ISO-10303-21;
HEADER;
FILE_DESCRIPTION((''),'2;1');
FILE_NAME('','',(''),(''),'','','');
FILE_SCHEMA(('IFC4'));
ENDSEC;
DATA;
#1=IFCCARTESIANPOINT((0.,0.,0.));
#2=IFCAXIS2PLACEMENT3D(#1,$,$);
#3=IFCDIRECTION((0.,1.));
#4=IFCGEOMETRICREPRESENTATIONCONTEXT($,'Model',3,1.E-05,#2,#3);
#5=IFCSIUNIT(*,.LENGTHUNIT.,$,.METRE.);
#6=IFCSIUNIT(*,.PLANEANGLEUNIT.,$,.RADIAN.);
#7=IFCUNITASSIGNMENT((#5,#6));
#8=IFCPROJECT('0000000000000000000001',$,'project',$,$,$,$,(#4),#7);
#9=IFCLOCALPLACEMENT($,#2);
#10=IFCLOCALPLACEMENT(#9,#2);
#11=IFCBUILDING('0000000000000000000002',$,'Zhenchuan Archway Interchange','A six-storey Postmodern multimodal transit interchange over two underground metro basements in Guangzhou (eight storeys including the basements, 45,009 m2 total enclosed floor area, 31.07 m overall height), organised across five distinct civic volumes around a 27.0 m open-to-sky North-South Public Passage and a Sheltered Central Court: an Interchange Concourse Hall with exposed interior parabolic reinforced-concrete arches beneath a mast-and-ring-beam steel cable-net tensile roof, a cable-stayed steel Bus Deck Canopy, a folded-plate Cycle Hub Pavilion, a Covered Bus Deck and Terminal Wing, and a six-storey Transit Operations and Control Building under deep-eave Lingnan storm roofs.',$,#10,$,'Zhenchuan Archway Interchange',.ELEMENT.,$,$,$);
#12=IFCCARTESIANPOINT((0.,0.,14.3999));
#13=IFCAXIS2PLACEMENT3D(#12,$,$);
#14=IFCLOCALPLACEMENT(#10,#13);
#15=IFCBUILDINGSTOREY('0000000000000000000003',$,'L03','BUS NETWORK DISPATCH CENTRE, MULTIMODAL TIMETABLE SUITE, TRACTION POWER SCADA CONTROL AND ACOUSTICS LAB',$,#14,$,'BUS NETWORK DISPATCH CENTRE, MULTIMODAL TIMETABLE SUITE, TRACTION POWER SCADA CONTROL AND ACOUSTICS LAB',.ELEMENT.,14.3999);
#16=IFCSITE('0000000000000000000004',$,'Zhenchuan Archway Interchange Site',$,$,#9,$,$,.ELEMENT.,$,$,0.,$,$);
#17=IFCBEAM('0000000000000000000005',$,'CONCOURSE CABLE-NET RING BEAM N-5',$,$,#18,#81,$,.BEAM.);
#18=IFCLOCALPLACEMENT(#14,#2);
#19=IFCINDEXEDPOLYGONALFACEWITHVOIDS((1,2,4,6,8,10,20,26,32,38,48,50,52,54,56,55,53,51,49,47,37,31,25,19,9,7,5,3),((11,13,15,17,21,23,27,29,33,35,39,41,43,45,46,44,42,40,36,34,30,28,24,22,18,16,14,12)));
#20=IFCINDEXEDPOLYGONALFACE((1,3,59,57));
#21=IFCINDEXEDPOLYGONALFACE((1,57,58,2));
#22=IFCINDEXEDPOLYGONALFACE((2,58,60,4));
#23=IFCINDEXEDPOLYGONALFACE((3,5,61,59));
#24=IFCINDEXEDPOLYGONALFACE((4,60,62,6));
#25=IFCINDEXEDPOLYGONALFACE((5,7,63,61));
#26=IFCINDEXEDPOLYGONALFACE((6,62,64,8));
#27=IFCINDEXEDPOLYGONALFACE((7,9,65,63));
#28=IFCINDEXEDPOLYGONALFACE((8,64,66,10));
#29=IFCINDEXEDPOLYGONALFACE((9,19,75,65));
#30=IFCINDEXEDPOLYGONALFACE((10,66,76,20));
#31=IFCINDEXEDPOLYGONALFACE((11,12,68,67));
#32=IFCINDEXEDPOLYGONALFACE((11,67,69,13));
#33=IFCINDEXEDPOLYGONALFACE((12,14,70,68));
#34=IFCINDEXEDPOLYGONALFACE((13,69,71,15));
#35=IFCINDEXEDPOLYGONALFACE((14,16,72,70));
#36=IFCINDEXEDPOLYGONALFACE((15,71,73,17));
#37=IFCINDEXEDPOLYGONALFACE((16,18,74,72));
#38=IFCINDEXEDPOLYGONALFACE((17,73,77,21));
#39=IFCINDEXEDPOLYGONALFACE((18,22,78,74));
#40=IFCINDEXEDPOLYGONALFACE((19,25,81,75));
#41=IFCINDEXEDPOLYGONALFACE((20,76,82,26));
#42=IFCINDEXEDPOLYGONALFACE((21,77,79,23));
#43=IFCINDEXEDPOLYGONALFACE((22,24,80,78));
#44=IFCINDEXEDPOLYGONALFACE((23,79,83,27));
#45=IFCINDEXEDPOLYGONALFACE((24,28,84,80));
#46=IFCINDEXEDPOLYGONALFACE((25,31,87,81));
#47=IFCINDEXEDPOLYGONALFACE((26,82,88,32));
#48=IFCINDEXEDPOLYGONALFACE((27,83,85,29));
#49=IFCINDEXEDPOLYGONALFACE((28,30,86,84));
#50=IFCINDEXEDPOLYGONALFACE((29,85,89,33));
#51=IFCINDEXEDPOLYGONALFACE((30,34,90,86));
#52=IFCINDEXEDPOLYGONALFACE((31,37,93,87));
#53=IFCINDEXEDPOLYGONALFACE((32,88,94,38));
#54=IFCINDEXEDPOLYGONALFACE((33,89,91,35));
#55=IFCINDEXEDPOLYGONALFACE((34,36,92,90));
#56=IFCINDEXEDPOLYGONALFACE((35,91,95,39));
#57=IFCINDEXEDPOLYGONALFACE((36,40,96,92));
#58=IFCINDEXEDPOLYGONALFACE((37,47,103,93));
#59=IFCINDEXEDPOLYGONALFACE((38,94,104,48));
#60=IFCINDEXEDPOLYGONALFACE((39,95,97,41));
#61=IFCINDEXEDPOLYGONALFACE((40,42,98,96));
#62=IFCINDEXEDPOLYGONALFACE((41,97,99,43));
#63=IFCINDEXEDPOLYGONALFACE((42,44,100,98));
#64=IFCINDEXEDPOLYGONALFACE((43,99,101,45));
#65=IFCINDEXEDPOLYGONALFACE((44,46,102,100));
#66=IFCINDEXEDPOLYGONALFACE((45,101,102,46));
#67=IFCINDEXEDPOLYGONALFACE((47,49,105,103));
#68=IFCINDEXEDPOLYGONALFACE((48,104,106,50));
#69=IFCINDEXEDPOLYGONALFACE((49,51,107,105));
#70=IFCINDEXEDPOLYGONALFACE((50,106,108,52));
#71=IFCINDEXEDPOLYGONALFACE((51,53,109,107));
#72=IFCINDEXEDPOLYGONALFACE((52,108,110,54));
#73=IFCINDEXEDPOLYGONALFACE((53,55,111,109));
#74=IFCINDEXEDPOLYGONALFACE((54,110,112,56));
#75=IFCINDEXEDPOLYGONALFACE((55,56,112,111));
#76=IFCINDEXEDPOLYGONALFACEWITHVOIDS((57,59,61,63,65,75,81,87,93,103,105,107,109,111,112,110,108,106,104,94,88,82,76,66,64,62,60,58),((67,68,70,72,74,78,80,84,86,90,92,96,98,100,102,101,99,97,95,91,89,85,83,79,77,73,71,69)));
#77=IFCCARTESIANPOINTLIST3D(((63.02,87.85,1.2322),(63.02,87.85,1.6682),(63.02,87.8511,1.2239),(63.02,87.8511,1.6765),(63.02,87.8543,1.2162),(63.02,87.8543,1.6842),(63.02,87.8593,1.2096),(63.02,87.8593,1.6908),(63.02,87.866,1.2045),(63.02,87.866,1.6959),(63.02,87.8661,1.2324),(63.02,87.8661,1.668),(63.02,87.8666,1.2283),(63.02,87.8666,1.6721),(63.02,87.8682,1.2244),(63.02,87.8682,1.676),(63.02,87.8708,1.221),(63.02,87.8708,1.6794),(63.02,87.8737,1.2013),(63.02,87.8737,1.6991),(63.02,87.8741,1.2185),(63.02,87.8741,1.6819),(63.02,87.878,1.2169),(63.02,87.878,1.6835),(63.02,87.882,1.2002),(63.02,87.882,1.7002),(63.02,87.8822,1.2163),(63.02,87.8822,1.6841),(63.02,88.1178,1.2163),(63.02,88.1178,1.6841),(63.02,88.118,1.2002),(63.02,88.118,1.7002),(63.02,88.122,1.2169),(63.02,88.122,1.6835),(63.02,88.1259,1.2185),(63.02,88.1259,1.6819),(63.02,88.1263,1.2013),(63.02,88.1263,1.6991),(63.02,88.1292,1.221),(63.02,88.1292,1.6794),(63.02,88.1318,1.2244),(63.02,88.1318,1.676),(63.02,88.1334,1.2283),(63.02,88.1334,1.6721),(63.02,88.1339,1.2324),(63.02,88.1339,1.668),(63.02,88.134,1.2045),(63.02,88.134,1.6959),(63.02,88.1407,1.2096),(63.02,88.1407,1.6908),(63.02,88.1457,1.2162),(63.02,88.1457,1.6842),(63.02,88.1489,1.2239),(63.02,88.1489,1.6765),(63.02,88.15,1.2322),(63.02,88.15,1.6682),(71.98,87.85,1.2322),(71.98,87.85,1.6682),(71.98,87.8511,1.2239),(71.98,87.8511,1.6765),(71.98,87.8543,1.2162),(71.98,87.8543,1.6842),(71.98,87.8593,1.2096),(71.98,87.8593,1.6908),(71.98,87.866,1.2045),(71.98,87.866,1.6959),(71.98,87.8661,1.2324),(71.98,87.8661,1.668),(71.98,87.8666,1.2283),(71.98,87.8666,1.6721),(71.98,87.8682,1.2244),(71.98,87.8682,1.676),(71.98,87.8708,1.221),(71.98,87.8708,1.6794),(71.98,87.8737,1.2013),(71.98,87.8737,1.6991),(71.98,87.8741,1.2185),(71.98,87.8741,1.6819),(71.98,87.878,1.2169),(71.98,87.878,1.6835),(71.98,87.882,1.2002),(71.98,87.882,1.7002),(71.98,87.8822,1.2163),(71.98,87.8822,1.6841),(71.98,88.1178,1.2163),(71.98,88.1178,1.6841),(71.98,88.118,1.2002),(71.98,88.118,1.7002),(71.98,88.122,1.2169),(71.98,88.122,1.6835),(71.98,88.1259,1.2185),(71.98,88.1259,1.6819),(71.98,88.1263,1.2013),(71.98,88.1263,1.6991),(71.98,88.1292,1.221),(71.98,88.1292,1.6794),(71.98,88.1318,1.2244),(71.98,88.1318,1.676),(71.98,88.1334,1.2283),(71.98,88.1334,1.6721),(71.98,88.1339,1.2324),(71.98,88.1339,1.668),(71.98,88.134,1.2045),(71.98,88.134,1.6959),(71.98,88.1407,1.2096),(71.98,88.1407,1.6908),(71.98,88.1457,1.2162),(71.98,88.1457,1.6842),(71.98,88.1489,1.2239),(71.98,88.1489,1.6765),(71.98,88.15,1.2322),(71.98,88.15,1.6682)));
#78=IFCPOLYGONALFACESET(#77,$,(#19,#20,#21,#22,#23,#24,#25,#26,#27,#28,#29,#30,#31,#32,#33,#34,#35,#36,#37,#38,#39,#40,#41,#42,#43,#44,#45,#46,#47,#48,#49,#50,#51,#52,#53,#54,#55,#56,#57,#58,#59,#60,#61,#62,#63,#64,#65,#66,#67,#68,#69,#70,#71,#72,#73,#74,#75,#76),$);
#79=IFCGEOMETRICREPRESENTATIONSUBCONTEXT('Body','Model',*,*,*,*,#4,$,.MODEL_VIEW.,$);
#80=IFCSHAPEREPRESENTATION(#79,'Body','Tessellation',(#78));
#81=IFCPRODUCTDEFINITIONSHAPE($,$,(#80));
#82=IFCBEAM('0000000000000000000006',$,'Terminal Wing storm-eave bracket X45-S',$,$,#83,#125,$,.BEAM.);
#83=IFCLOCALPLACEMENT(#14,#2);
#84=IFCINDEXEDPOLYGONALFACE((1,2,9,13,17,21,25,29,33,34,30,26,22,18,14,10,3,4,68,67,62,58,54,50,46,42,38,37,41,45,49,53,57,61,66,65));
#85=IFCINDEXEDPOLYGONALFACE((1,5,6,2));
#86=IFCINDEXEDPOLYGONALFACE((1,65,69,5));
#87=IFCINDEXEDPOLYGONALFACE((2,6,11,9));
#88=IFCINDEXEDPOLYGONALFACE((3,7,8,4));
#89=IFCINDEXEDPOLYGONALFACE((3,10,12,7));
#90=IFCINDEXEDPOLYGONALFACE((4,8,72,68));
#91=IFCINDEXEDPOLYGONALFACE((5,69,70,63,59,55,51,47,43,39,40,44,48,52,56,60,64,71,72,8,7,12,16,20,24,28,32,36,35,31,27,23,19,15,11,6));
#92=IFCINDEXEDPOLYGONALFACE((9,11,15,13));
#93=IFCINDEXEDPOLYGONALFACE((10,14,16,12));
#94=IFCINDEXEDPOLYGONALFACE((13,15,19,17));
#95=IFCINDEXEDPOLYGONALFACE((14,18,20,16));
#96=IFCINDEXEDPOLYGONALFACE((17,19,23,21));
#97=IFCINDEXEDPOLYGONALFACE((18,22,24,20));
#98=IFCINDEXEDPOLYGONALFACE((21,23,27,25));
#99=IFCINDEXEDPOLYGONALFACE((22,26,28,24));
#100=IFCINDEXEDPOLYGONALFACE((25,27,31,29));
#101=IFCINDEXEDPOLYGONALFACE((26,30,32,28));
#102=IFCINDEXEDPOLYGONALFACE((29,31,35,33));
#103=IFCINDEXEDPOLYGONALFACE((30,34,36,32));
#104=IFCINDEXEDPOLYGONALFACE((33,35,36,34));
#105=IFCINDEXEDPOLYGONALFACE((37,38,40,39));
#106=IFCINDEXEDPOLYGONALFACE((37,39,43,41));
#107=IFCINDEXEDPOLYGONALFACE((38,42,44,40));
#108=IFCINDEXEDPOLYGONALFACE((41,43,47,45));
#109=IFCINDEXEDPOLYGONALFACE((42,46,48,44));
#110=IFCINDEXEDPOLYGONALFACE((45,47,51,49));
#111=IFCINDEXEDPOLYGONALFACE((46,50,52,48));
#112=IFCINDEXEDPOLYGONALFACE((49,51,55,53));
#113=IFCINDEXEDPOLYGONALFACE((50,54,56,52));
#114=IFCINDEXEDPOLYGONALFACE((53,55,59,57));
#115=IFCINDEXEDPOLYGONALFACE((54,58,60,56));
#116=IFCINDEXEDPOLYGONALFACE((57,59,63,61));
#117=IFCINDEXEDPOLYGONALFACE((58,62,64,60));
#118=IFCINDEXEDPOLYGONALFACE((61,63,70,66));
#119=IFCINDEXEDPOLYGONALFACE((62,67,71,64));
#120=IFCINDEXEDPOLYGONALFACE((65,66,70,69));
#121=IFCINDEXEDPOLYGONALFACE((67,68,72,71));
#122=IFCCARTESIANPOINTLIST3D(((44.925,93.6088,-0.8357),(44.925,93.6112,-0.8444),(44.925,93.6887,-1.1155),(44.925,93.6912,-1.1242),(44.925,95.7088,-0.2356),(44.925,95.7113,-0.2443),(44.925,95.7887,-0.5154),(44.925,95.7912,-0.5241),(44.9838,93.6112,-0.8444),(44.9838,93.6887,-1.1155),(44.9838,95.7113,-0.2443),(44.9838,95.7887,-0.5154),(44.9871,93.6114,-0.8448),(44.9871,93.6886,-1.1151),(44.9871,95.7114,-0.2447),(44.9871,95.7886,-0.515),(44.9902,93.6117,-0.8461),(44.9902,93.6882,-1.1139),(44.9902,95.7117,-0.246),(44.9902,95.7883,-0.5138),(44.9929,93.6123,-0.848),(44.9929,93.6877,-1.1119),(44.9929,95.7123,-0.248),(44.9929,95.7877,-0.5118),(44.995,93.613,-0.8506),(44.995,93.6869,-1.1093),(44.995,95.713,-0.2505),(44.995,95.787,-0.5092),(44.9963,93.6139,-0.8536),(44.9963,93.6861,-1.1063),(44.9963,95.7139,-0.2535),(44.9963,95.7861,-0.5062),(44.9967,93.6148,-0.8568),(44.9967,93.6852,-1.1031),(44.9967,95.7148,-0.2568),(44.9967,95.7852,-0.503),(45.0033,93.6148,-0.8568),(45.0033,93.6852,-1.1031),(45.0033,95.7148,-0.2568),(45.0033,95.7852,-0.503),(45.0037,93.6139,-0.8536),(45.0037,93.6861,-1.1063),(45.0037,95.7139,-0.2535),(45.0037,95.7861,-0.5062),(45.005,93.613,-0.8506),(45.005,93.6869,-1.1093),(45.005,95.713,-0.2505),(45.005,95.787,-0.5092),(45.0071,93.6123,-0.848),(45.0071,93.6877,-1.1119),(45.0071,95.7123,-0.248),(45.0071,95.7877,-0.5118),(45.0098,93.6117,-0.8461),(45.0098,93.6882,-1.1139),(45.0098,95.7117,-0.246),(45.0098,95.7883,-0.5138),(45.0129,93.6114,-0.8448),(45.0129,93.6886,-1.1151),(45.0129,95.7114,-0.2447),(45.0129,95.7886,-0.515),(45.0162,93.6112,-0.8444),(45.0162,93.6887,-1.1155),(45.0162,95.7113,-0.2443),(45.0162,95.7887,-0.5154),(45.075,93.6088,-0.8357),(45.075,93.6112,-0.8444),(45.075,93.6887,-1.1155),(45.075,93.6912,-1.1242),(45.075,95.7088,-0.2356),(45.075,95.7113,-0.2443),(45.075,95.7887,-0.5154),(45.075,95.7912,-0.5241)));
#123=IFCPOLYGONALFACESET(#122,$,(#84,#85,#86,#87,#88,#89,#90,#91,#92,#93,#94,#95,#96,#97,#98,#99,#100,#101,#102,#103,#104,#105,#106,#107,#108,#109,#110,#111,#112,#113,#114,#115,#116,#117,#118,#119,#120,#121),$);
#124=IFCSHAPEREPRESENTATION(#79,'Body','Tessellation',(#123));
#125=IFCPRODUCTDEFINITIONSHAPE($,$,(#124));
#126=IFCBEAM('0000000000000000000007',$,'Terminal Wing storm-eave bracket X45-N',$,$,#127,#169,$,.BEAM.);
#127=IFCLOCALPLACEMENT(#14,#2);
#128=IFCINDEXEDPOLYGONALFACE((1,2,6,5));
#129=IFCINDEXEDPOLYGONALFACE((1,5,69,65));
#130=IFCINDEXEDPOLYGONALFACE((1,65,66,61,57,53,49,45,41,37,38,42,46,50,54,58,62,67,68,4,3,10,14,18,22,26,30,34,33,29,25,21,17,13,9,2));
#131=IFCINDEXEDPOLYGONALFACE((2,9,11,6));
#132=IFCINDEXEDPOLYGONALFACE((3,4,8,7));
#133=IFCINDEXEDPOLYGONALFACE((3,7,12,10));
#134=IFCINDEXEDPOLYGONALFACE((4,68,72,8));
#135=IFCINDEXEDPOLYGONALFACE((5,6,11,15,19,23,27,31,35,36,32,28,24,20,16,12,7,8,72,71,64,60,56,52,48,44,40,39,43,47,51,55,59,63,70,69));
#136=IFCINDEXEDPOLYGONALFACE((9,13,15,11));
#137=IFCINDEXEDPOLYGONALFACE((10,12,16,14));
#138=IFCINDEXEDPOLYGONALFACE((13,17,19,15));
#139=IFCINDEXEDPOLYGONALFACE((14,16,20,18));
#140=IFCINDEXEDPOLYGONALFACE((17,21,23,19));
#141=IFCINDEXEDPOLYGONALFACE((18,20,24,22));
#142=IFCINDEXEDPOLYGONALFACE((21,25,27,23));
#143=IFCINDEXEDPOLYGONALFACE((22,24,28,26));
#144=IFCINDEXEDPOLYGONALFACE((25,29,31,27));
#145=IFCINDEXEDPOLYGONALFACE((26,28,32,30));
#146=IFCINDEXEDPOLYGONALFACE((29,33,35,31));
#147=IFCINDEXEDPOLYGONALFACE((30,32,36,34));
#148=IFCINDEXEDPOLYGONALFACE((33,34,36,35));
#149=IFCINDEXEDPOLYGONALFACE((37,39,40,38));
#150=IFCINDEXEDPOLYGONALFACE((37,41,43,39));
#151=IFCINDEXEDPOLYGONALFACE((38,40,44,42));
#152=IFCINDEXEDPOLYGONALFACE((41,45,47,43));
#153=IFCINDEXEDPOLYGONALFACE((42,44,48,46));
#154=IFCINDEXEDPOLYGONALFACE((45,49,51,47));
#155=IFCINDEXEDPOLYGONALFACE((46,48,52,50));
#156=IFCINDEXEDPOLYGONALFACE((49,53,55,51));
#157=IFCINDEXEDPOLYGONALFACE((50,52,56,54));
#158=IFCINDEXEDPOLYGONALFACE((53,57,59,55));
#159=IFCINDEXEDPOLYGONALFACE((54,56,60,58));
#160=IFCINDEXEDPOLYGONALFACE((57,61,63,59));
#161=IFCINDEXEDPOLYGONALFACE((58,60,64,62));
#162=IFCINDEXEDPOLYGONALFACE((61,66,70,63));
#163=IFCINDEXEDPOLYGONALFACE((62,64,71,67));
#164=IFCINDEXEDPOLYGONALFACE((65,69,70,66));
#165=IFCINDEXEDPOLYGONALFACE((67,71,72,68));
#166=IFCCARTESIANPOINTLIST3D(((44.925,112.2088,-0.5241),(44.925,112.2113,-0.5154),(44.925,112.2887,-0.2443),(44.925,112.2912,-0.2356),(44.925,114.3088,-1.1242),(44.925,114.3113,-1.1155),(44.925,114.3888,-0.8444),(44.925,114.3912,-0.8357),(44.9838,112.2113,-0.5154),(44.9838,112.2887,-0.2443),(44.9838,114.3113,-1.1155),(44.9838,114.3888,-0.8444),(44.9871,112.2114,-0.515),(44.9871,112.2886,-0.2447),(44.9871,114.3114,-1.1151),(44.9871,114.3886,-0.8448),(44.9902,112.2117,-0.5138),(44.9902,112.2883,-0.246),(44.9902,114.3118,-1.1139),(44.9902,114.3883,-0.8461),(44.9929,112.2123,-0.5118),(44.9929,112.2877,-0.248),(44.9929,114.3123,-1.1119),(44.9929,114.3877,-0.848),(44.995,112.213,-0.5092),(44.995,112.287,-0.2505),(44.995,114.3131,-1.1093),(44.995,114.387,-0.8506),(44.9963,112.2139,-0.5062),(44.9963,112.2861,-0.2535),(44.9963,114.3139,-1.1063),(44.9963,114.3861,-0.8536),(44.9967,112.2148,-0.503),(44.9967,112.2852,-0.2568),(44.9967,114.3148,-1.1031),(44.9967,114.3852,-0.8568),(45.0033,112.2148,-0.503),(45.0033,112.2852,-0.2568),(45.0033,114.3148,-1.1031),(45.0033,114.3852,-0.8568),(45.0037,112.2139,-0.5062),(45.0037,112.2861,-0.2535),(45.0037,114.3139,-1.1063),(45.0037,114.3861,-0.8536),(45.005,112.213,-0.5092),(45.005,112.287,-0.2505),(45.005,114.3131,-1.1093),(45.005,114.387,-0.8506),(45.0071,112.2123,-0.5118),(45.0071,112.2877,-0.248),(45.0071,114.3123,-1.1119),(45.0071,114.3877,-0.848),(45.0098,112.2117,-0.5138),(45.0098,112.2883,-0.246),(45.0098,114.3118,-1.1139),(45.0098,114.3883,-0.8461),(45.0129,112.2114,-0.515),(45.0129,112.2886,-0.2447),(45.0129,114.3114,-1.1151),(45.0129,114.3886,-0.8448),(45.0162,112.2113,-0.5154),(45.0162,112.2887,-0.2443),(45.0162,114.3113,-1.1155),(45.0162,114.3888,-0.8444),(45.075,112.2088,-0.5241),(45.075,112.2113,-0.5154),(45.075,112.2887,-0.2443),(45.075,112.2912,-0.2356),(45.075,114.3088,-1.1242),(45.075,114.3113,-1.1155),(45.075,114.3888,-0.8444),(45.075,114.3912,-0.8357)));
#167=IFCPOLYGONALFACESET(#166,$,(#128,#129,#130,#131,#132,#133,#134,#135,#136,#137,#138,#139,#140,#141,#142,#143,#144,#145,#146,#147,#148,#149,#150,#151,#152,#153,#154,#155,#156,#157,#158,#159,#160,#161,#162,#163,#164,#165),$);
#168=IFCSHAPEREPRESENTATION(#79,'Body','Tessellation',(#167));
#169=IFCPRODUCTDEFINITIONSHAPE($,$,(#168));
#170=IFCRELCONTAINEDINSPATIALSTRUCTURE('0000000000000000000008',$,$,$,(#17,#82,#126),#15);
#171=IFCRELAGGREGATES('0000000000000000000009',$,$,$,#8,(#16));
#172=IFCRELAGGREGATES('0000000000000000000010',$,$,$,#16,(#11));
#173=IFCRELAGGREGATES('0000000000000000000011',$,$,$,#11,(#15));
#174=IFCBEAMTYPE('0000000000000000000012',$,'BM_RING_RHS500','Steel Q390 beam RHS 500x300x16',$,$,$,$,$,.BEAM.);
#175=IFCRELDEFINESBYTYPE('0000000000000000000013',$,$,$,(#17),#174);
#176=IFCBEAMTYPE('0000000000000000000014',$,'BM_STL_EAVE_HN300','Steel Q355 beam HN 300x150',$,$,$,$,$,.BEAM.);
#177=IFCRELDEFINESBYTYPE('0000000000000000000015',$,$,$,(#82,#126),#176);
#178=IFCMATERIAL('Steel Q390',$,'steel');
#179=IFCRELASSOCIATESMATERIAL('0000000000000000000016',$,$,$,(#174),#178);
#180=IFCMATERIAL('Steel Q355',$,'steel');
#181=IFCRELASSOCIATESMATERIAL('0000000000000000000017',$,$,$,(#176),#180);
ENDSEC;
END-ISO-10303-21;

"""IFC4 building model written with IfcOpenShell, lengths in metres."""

from ifc_helpers import new_model, si_unit, direction, frame, origin, origin_2d, place, context, subcontext, project, spatial, hollow_rectangle, i_section, extrude, material, material_profile, profile_set, type_object, element, save


model = new_model("IFC4")

# Units and contexts
model_context = context("Model", 3, precision=1e-05, world=origin(), true_north=direction((0.0, 1.0)))
body_context = subcontext(model_context, "Body", "Model", "MODEL_VIEW")
ifc_project = project(units=[si_unit("LENGTHUNIT", "METRE"), si_unit("PLANEANGLEUNIT", "RADIAN")], contexts=[model_context])

# Site, building, storey
site_placement = place(None, origin())
site = spatial("IfcSite", under=ifc_project, at=site_placement, Name="Zhenchuan Archway Interchange Site", CompositionType="ELEMENT", RefElevation=0.0)
building_placement = place(site_placement, origin())
building = spatial("IfcBuilding", under=site, at=building_placement, Name="Zhenchuan Archway Interchange", Description="A six-storey Postmodern multimodal transit interchange over two underground metro basements in Guangzhou (eight storeys including the basements, 45,009 m2 total enclosed floor area, 31.07 m overall height), organised across five distinct civic volumes around a 27.0 m open-to-sky North-South Public Passage and a Sheltered Central Court: an Interchange Concourse Hall with exposed interior parabolic reinforced-concrete arches beneath a mast-and-ring-beam steel cable-net tensile roof, a cable-stayed steel Bus Deck Canopy, a folded-plate Cycle Hub Pavilion, a Covered Bus Deck and Terminal Wing, and a six-storey Transit Operations and Control Building under deep-eave Lingnan storm roofs.", LongName="Zhenchuan Archway Interchange", CompositionType="ELEMENT")
storey_placement = place(building_placement, frame((0.0, 0.0, 14.3999)))
storey = spatial("IfcBuildingStorey", under=building, at=storey_placement, Name="L03", Description="BUS NETWORK DISPATCH CENTRE, MULTIMODAL TIMETABLE SUITE, TRACTION POWER SCADA CONTROL AND ACOUSTICS LAB", LongName="BUS NETWORK DISPATCH CENTRE, MULTIMODAL TIMETABLE SUITE, TRACTION POWER SCADA CONTROL AND ACOUSTICS LAB", CompositionType="ELEMENT", Elevation=14.3999)

# Shared definitions
ifc_material_1 = material(Name="Steel Q355", Category="steel")

# Beams
ifc_material_2 = material(Name="Steel Q390", Category="steel")
ifc_material_profile_1 = material_profile(ifc_material_2, hollow_rectangle(XDim=0.3, YDim=0.5, WallThickness=0.0161, InnerFilletRadius=0.0161, OuterFilletRadius=0.032, at=origin_2d()), Name="RHS 500x300x16")
ifc_profile_set_1 = profile_set([ifc_material_profile_1], Name="Steel Q390")
beam_type_1 = type_object("IfcBeamType", Name="BM_RING_RHS500", Description="Steel Q390 beam RHS 500x300x16", PredefinedType="BEAM", material=ifc_profile_set_1)
beam_1_placement = place(storey_placement, frame((63.02, 88.0, 1.4502), z_axis=(1.0, 0.0, 0.0), x_axis=(0.0, 1.0, 0.0)))
element("IfcBeam", 1, at=beam_1_placement, inside=storey, type_object=beam_type_1, Name="CONCOURSE CABLE-NET RING BEAM N-5", PredefinedType="BEAM", context=body_context, shape_type="SweptSolid", body=[
    extrude(hollow_rectangle(XDim=0.3, YDim=0.5, WallThickness=0.0161, InnerFilletRadius=0.0161, OuterFilletRadius=0.032, at=origin_2d()), origin(), (0.0, 0.0, 1.0), 8.96),
])
ifc_material_profile_2 = material_profile(ifc_material_1, i_section(OverallWidth=0.1499, OverallDepth=0.3, WebThickness=0.0066, FlangeThickness=0.009, FilletRadius=0.0129, at=origin_2d()), Name="HN 300x150")
ifc_profile_set_2 = profile_set([ifc_material_profile_2], Name="Steel Q355")
beam_type_2 = type_object("IfcBeamType", Name="BM_STL_EAVE_HN300", Description="Steel Q355 beam HN 300x150", PredefinedType="BEAM", material=ifc_profile_set_2)
for number, where, z_axis, x_axis, name in (
    (2, (45.0, 95.75, -0.3799), (0.0, -0.961516, -0.274751), (1.0, 0.0, 0.0), "Terminal Wing storm-eave bracket X45-S"),
    (3, (45.0, 112.25, -0.3799), (0.0, 0.961516, -0.274751), (-1.0, 0.0, 0.0), "Terminal Wing storm-eave bracket X45-N"),
):
    element("IfcBeam", number, at=place(storey_placement, frame(where, z_axis=z_axis, x_axis=x_axis)), inside=storey, type_object=beam_type_2, Name=name, PredefinedType="BEAM", context=body_context, shape_type="SweptSolid", body=[
        extrude(i_section(OverallWidth=0.1499, OverallDepth=0.3, WebThickness=0.0066, FlangeThickness=0.009, FilletRadius=0.0129, at=origin_2d()), origin(), (0.0, 0.0, 1.0), 2.1841),
    ])

save(model, "model.ifc")
